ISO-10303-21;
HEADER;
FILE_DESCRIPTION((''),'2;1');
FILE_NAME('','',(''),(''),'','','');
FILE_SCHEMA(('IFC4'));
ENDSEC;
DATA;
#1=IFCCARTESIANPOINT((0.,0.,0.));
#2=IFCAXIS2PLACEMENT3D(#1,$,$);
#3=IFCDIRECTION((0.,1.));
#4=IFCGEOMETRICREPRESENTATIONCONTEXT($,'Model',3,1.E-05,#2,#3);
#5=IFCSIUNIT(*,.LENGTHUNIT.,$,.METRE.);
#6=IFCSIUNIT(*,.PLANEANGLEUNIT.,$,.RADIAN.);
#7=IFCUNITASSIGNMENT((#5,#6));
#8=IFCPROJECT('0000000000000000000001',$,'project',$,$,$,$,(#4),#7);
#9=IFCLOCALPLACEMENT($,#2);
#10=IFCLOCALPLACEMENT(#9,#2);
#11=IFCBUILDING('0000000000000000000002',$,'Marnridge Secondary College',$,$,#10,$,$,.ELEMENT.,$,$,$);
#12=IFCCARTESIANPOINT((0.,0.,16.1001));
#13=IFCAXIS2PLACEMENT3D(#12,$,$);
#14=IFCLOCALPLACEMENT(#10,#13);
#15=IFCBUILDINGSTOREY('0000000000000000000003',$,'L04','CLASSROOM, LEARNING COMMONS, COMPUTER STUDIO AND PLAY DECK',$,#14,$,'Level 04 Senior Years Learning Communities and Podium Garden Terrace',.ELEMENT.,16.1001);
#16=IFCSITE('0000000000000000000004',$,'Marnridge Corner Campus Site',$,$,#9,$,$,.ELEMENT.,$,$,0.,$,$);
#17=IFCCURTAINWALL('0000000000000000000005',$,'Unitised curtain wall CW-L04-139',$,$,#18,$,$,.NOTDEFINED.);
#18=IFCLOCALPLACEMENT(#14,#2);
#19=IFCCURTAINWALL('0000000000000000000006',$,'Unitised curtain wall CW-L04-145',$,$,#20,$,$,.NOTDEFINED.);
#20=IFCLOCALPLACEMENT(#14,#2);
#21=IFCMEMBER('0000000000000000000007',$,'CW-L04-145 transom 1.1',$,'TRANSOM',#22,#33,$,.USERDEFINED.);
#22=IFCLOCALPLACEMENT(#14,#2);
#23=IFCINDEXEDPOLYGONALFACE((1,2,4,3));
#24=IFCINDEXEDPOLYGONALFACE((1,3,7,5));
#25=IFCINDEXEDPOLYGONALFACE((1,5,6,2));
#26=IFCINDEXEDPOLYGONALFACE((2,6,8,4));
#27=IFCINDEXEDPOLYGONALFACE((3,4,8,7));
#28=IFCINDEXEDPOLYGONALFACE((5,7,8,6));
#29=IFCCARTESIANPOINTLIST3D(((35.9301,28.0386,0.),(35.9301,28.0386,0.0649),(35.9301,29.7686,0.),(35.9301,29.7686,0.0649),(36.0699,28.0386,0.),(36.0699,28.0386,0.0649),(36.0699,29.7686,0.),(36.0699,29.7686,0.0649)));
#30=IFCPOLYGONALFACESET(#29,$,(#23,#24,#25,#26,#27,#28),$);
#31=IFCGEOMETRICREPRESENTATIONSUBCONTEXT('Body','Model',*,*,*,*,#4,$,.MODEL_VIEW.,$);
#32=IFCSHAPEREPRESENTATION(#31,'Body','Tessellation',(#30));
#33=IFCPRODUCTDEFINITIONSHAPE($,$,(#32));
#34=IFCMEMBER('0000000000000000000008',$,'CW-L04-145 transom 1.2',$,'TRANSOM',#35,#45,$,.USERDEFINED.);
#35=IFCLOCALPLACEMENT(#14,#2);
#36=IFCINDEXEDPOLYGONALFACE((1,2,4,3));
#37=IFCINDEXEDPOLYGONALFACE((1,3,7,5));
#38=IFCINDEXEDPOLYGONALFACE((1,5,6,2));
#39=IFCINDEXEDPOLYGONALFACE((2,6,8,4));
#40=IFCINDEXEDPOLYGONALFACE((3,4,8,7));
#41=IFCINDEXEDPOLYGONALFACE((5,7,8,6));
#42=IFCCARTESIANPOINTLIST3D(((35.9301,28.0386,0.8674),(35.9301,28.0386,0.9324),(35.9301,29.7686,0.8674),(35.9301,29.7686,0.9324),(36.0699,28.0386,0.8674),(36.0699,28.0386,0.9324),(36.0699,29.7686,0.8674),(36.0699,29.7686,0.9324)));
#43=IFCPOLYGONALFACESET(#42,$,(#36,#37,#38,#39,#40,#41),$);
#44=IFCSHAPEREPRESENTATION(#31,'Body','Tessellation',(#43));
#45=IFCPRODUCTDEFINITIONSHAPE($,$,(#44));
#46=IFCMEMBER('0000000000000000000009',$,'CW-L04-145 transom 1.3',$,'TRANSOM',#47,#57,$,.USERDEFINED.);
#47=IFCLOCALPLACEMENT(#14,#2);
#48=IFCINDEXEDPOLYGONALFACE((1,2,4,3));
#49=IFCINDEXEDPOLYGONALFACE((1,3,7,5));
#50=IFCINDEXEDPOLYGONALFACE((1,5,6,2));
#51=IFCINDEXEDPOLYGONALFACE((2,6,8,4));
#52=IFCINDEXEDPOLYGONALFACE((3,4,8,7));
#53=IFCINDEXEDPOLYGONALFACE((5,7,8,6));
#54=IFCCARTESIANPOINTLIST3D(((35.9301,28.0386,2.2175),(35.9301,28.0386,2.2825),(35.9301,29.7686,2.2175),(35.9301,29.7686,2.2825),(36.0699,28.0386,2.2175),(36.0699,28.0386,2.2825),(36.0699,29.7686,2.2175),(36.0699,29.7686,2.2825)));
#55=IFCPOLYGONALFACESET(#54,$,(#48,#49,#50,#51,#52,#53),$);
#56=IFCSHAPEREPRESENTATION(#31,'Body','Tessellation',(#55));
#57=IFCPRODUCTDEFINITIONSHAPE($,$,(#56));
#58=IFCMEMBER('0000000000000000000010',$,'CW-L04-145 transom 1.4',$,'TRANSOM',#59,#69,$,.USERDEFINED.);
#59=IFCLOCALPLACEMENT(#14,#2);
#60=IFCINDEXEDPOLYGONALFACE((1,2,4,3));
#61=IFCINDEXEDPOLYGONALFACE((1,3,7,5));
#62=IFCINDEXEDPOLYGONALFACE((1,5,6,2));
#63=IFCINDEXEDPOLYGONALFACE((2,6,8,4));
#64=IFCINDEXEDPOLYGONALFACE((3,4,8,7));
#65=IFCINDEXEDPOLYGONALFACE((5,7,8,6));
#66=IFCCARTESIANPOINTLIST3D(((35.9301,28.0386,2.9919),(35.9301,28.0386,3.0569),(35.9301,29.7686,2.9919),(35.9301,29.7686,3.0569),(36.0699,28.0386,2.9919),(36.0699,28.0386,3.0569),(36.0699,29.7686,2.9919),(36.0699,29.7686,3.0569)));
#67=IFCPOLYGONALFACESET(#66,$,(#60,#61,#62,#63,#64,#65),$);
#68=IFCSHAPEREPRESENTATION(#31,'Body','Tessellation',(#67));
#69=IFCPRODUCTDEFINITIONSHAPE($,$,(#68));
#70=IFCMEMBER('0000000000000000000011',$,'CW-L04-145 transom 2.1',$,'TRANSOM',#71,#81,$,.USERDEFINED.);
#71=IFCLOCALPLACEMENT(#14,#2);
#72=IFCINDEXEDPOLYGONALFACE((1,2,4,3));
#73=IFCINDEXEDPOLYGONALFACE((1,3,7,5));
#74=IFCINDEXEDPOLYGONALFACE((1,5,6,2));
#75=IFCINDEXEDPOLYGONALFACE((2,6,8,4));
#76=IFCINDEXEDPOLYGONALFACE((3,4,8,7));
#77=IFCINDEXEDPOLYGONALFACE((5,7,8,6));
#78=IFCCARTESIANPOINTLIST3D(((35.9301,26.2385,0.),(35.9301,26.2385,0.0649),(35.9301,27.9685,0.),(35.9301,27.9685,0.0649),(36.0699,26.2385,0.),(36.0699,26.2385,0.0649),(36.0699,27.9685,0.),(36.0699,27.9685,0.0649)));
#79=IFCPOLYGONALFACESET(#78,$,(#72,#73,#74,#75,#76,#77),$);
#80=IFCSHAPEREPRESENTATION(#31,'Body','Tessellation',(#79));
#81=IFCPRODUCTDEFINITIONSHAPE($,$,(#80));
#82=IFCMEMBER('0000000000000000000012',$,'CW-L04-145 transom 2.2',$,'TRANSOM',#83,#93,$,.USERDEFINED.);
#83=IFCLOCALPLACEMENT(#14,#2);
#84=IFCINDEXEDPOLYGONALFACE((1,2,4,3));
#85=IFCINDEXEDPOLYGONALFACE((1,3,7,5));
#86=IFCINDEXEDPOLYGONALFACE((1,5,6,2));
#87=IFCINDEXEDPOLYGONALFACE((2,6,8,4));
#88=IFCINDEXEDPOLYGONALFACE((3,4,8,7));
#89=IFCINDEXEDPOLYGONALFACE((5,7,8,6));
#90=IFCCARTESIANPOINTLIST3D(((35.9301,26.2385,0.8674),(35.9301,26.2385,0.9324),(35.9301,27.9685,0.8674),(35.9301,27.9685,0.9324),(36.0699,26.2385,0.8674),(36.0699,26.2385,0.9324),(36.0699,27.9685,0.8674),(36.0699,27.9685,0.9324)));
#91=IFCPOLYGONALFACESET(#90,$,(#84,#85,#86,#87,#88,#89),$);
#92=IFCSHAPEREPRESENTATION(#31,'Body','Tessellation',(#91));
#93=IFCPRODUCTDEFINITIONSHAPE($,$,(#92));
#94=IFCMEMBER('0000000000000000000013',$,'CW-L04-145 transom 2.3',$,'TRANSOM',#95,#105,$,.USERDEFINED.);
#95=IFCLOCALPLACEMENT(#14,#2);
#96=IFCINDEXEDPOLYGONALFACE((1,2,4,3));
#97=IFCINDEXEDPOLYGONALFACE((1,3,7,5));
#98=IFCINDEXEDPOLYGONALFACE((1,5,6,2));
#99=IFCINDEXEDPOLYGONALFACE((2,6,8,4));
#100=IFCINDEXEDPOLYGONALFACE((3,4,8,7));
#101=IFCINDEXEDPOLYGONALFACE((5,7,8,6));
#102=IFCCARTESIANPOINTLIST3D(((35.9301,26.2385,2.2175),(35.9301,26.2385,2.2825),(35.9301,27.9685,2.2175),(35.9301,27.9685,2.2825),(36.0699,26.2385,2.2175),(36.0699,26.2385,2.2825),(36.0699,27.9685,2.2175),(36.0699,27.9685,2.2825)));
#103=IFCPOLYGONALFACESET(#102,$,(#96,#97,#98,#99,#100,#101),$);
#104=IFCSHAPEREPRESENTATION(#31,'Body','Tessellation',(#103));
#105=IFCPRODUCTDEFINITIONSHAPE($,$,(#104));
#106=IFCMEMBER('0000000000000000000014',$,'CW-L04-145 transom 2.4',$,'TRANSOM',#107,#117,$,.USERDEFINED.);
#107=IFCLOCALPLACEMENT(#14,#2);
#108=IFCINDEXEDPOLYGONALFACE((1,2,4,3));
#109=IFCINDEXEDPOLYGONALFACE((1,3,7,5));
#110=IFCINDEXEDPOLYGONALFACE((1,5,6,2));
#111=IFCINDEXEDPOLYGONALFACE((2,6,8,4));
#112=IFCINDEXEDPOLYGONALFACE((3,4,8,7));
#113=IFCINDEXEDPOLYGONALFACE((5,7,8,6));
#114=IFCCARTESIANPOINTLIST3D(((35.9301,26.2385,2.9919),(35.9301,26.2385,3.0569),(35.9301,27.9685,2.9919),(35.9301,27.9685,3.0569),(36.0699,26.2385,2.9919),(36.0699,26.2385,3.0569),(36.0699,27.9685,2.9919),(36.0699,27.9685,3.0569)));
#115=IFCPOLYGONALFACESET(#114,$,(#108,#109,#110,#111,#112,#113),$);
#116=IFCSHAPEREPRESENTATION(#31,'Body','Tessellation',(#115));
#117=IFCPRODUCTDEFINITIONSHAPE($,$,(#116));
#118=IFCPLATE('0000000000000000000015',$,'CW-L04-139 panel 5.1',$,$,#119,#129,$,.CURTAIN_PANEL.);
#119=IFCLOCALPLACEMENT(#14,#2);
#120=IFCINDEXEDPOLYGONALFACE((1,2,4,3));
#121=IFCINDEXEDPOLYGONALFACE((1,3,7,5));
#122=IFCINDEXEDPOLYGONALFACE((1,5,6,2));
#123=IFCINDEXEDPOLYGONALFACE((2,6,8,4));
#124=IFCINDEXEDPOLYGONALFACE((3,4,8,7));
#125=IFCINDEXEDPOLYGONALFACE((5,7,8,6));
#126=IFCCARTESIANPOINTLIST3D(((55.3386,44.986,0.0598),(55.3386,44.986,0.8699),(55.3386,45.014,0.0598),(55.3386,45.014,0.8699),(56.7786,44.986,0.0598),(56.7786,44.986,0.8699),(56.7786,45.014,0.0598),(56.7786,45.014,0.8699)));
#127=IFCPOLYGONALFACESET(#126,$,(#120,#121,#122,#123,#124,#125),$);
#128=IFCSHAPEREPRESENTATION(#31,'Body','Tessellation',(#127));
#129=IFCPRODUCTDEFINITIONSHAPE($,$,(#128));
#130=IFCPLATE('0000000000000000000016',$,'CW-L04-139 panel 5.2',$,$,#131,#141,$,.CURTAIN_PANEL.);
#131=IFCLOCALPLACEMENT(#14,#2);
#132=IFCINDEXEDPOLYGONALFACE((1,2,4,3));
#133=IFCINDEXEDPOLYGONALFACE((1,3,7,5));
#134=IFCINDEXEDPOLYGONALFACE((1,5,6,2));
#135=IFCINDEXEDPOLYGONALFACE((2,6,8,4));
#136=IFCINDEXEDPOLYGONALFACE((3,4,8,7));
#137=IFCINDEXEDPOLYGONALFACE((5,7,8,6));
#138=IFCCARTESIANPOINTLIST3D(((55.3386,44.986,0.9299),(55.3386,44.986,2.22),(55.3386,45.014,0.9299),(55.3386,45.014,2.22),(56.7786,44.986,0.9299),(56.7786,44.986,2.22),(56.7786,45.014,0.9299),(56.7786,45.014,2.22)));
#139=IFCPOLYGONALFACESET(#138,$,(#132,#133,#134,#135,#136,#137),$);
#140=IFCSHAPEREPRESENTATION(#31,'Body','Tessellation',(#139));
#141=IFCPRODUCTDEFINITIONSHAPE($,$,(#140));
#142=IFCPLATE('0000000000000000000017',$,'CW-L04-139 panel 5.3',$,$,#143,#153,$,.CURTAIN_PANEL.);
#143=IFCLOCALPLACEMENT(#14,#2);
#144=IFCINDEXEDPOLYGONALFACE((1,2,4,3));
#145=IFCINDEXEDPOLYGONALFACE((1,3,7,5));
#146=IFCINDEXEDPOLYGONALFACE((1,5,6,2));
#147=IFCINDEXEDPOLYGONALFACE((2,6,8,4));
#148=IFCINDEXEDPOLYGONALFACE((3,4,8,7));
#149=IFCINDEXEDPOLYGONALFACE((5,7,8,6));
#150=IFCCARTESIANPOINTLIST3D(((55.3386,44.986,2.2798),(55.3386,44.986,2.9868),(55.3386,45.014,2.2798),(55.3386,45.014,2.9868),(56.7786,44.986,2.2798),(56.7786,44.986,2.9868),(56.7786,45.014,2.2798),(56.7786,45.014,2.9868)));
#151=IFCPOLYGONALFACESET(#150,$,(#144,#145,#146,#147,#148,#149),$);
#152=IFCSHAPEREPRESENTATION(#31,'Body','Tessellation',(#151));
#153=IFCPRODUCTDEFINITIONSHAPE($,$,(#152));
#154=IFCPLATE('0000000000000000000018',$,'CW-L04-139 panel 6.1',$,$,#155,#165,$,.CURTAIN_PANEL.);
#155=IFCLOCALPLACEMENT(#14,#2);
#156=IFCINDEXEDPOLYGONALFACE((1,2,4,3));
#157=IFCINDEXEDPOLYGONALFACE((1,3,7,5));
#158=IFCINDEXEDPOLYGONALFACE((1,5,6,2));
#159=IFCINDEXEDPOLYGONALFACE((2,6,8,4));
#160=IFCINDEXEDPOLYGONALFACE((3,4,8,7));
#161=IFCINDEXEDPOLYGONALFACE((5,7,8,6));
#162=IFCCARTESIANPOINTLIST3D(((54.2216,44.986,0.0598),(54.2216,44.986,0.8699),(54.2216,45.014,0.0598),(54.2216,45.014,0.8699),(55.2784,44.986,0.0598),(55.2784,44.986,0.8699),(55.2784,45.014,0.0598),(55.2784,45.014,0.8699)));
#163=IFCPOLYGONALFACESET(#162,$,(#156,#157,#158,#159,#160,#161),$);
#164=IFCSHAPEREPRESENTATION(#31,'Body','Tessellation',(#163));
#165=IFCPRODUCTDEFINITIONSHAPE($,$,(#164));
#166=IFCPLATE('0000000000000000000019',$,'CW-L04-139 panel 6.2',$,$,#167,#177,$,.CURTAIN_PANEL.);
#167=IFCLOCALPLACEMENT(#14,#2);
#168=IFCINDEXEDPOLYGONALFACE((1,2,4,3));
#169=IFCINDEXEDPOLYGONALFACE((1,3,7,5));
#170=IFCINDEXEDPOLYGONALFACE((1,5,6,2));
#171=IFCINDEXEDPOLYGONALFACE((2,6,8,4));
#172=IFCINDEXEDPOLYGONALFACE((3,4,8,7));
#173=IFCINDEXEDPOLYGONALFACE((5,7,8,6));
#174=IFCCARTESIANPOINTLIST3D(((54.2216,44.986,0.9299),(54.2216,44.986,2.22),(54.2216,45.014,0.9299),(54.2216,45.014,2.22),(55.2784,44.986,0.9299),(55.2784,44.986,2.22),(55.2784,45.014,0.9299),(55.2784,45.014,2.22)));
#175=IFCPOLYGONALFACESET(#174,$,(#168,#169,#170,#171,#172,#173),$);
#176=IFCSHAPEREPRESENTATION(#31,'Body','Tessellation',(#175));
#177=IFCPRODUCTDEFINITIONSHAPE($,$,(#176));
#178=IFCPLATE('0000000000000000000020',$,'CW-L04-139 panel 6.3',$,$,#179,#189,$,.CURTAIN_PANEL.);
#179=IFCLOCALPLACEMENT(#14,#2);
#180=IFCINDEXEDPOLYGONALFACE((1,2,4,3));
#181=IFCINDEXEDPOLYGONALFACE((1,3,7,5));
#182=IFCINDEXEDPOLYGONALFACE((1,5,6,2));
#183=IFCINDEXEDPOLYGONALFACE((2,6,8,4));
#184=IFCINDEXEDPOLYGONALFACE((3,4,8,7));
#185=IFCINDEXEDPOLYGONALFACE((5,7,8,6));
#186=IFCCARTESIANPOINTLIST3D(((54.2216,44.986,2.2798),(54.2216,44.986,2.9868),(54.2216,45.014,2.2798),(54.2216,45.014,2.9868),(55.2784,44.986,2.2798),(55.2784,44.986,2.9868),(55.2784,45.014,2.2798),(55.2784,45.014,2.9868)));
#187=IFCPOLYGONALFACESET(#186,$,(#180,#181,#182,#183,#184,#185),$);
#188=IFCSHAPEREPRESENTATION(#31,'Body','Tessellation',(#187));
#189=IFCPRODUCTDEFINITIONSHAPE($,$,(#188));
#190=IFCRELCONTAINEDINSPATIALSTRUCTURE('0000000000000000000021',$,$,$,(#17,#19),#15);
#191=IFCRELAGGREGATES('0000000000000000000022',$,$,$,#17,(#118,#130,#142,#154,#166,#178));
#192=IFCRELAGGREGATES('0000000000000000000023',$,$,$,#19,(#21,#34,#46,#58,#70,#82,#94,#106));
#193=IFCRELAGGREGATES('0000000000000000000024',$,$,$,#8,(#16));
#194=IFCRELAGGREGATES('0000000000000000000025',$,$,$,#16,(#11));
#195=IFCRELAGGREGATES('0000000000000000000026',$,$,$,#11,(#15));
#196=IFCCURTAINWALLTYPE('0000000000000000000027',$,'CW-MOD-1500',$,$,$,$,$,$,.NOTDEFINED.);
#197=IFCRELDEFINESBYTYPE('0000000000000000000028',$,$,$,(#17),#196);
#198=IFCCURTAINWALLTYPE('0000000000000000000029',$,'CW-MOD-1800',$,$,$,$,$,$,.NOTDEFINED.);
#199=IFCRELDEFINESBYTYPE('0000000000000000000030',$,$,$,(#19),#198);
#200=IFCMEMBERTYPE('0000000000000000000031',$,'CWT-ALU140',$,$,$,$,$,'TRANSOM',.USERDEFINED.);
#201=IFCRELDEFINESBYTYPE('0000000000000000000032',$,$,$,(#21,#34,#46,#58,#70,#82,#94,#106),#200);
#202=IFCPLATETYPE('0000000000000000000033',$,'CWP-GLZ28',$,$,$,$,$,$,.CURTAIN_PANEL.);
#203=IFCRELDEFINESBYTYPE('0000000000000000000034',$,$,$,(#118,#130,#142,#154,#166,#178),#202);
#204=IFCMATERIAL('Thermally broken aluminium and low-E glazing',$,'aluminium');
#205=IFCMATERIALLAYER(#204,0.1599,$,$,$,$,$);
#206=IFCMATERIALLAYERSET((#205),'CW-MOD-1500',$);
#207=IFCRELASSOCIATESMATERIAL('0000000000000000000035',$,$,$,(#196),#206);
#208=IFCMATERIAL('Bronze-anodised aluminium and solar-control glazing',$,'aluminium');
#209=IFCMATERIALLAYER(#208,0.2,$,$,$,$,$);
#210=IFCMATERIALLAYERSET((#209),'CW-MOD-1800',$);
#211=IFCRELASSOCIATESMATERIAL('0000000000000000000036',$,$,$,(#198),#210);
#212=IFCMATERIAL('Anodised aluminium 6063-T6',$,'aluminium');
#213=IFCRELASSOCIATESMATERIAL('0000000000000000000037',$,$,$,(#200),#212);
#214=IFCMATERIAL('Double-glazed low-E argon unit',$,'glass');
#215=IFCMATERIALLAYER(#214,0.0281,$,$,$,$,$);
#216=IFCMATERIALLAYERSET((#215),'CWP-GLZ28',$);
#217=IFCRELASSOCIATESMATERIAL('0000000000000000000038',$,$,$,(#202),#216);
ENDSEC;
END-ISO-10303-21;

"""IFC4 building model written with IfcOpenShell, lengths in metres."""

from ifc_helpers import new_model, si_unit, direction, frame, origin, origin_2d, place, context, subcontext, project, spatial, rectangle, extrude, material, layer, layer_set, material_profile, profile_set, type_object, element, aggregate, save


model = new_model("IFC4")

# Units and contexts
model_context = context("Model", 3, precision=1e-05, world=origin(), true_north=direction((0.0, 1.0)))
body_context = subcontext(model_context, "Body", "Model", "MODEL_VIEW")
ifc_project = project(units=[si_unit("LENGTHUNIT", "METRE"), si_unit("PLANEANGLEUNIT", "RADIAN")], contexts=[model_context])

# Site, building, storey
site_placement = place(None, origin())
site = spatial("IfcSite", under=ifc_project, at=site_placement, Name="Marnridge Corner Campus Site", CompositionType="ELEMENT", RefElevation=0.0)
building_placement = place(site_placement, origin())
building = spatial("IfcBuilding", under=site, at=building_placement, Name="Marnridge Secondary College", CompositionType="ELEMENT")
storey_placement = place(building_placement, frame((0.0, 0.0, 16.1001)))
storey = spatial("IfcBuildingStorey", under=building, at=storey_placement, Name="L04", Description="CLASSROOM, LEARNING COMMONS, COMPUTER STUDIO AND PLAY DECK", LongName="Level 04 Senior Years Learning Communities and Podium Garden Terrace", CompositionType="ELEMENT", Elevation=16.1001)

# Curtain walls
ifc_material_1 = material(Name="Thermally broken aluminium and low-E glazing", Category="aluminium")
ifc_layer_1 = layer(ifc_material_1, 0.1599)
ifc_layer_set_1 = layer_set([ifc_layer_1], Name="CW-MOD-1500")
curtain_wall_type_1 = type_object("IfcCurtainWallType", Name="CW-MOD-1500", PredefinedType="NOTDEFINED", material=ifc_layer_set_1)
curtain_wall_1_placement = place(storey_placement, origin())
curtain_wall_1 = element("IfcCurtainWall", 1, at=curtain_wall_1_placement, inside=storey, type_object=curtain_wall_type_1, Name="Unitised curtain wall CW-L04-139", PredefinedType="NOTDEFINED")
ifc_material_2 = material(Name="Bronze-anodised aluminium and solar-control glazing", Category="aluminium")
ifc_layer_2 = layer(ifc_material_2, 0.2)
ifc_layer_set_2 = layer_set([ifc_layer_2], Name="CW-MOD-1800")
curtain_wall_type_2 = type_object("IfcCurtainWallType", Name="CW-MOD-1800", PredefinedType="NOTDEFINED", material=ifc_layer_set_2)
curtain_wall_2_placement = place(storey_placement, origin())
curtain_wall_2 = element("IfcCurtainWall", 2, at=curtain_wall_2_placement, inside=storey, type_object=curtain_wall_type_2, Name="Unitised curtain wall CW-L04-145", PredefinedType="NOTDEFINED")

# Members
ifc_material_3 = material(Name="Anodised aluminium 6063-T6", Category="aluminium")
ifc_material_profile_1 = material_profile(ifc_material_3, rectangle(XDim=0.0649, YDim=0.1399, at=origin_2d()), Name="ALU 65x140")
ifc_profile_set_1 = profile_set([ifc_material_profile_1], Name="Anodised aluminium 6063-T6")
member_type_1 = type_object("IfcMemberType", Name="CWT-ALU140", ElementType="TRANSOM", PredefinedType="USERDEFINED", material=ifc_profile_set_1)
member_1_placement = place(storey_placement, frame((36.0, 29.7686, 0.0325), z_axis=(0.0, -1.0, 0.0), x_axis=(0.0, 0.0, 1.0)))
member_1 = element("IfcMember", 3, at=member_1_placement, type_object=member_type_1, Name="CW-L04-145 transom 1.1", ObjectType="TRANSOM", PredefinedType="USERDEFINED", context=body_context, shape_type="SweptSolid", body=[
    extrude(rectangle(XDim=0.0649, YDim=0.1399, at=origin_2d()), origin(), (0.0, 0.0, 1.0), 1.73),
])
member_2_placement = place(storey_placement, frame((36.0, 29.7686, 0.8999), z_axis=(0.0, -1.0, 0.0), x_axis=(0.0, 0.0, 1.0)))
member_2 = element("IfcMember", 4, at=member_2_placement, type_object=member_type_1, Name="CW-L04-145 transom 1.2", ObjectType="TRANSOM", PredefinedType="USERDEFINED", context=body_context, shape_type="SweptSolid", body=[
    extrude(rectangle(XDim=0.0649, YDim=0.1399, at=origin_2d()), origin(), (0.0, 0.0, 1.0), 1.73),
])
member_3_placement = place(storey_placement, frame((36.0, 29.7686, 2.25), z_axis=(0.0, -1.0, 0.0), x_axis=(0.0, 0.0, 1.0)))
member_3 = element("IfcMember", 5, at=member_3_placement, type_object=member_type_1, Name="CW-L04-145 transom 1.3", ObjectType="TRANSOM", PredefinedType="USERDEFINED", context=body_context, shape_type="SweptSolid", body=[
    extrude(rectangle(XDim=0.0649, YDim=0.1399, at=origin_2d()), origin(), (0.0, 0.0, 1.0), 1.73),
])
member_4_placement = place(storey_placement, frame((36.0, 29.7686, 3.0244), z_axis=(0.0, -1.0, 0.0), x_axis=(0.0, 0.0, 1.0)))
member_4 = element("IfcMember", 6, at=member_4_placement, type_object=member_type_1, Name="CW-L04-145 transom 1.4", ObjectType="TRANSOM", PredefinedType="USERDEFINED", context=body_context, shape_type="SweptSolid", body=[
    extrude(rectangle(XDim=0.0649, YDim=0.1399, at=origin_2d()), origin(), (0.0, 0.0, 1.0), 1.73),
])
member_5_placement = place(storey_placement, frame((36.0, 27.9685, 0.0325), z_axis=(0.0, -1.0, 0.0), x_axis=(0.0, 0.0, 1.0)))
member_5 = element("IfcMember", 7, at=member_5_placement, type_object=member_type_1, Name="CW-L04-145 transom 2.1", ObjectType="TRANSOM", PredefinedType="USERDEFINED", context=body_context, shape_type="SweptSolid", body=[
    extrude(rectangle(XDim=0.0649, YDim=0.1399, at=origin_2d()), origin(), (0.0, 0.0, 1.0), 1.73),
])
member_6_placement = place(storey_placement, frame((36.0, 27.9685, 0.8999), z_axis=(0.0, -1.0, 0.0), x_axis=(0.0, 0.0, 1.0)))
member_6 = element("IfcMember", 8, at=member_6_placement, type_object=member_type_1, Name="CW-L04-145 transom 2.2", ObjectType="TRANSOM", PredefinedType="USERDEFINED", context=body_context, shape_type="SweptSolid", body=[
    extrude(rectangle(XDim=0.0649, YDim=0.1399, at=origin_2d()), origin(), (0.0, 0.0, 1.0), 1.73),
])
member_7_placement = place(storey_placement, frame((36.0, 27.9685, 2.25), z_axis=(0.0, -1.0, 0.0), x_axis=(0.0, 0.0, 1.0)))
member_7 = element("IfcMember", 9, at=member_7_placement, type_object=member_type_1, Name="CW-L04-145 transom 2.3", ObjectType="TRANSOM", PredefinedType="USERDEFINED", context=body_context, shape_type="SweptSolid", body=[
    extrude(rectangle(XDim=0.0649, YDim=0.1399, at=origin_2d()), origin(), (0.0, 0.0, 1.0), 1.73),
])
member_8_placement = place(storey_placement, frame((36.0, 27.9685, 3.0244), z_axis=(0.0, -1.0, 0.0), x_axis=(0.0, 0.0, 1.0)))
member_8 = element("IfcMember", 10, at=member_8_placement, type_object=member_type_1, Name="CW-L04-145 transom 2.4", ObjectType="TRANSOM", PredefinedType="USERDEFINED", context=body_context, shape_type="SweptSolid", body=[
    extrude(rectangle(XDim=0.0649, YDim=0.1399, at=origin_2d()), origin(), (0.0, 0.0, 1.0), 1.73),
])

# Plates
ifc_material_4 = material(Name="Double-glazed low-E argon unit", Category="glass")
ifc_layer_3 = layer(ifc_material_4, 0.0281)
ifc_layer_set_3 = layer_set([ifc_layer_3], Name="CWP-GLZ28")
plate_type_1 = type_object("IfcPlateType", Name="CWP-GLZ28", PredefinedType="CURTAIN_PANEL", material=ifc_layer_set_3)
plate_1_placement = place(storey_placement, frame((56.0586, 45.0, 0.0598), z_axis=(0.0, 0.0, 1.0), x_axis=(-1.0, 0.0, 0.0)))
plate_1 = element("IfcPlate", 11, at=plate_1_placement, type_object=plate_type_1, Name="CW-L04-139 panel 5.1", PredefinedType="CURTAIN_PANEL", context=body_context, shape_type="SweptSolid", body=[
    extrude(rectangle(XDim=1.4399, YDim=0.0281, at=origin_2d()), origin(), (0.0, 0.0, 1.0), 0.8101),
])
plate_2_placement = place(storey_placement, frame((56.0586, 45.0, 0.9299), z_axis=(0.0, 0.0, 1.0), x_axis=(-1.0, 0.0, 0.0)))
plate_2 = element("IfcPlate", 12, at=plate_2_placement, type_object=plate_type_1, Name="CW-L04-139 panel 5.2", PredefinedType="CURTAIN_PANEL", context=body_context, shape_type="SweptSolid", body=[
    extrude(rectangle(XDim=1.4399, YDim=0.0281, at=origin_2d()), origin(), (0.0, 0.0, 1.0), 1.29),
])
plate_3_placement = place(storey_placement, frame((56.0586, 45.0, 2.2798), z_axis=(0.0, 0.0, 1.0), x_axis=(-1.0, 0.0, 0.0)))
plate_3 = element("IfcPlate", 13, at=plate_3_placement, type_object=plate_type_1, Name="CW-L04-139 panel 5.3", PredefinedType="CURTAIN_PANEL", context=body_context, shape_type="SweptSolid", body=[
    extrude(rectangle(XDim=1.4399, YDim=0.0281, at=origin_2d()), origin(), (0.0, 0.0, 1.0), 0.707),
])
plate_4_placement = place(storey_placement, frame((54.75, 45.0, 0.0598), z_axis=(0.0, 0.0, 1.0), x_axis=(-1.0, 0.0, 0.0)))
plate_4 = element("IfcPlate", 14, at=plate_4_placement, type_object=plate_type_1, Name="CW-L04-139 panel 6.1", PredefinedType="CURTAIN_PANEL", context=body_context, shape_type="SweptSolid", body=[
    extrude(rectangle(XDim=1.0569, YDim=0.0281, at=origin_2d()), origin(), (0.0, 0.0, 1.0), 0.8101),
])
plate_5_placement = place(storey_placement, frame((54.75, 45.0, 0.9299), z_axis=(0.0, 0.0, 1.0), x_axis=(-1.0, 0.0, 0.0)))
plate_5 = element("IfcPlate", 15, at=plate_5_placement, type_object=plate_type_1, Name="CW-L04-139 panel 6.2", PredefinedType="CURTAIN_PANEL", context=body_context, shape_type="SweptSolid", body=[
    extrude(rectangle(XDim=1.0569, YDim=0.0281, at=origin_2d()), origin(), (0.0, 0.0, 1.0), 1.29),
])
plate_6_placement = place(storey_placement, frame((54.75, 45.0, 2.2798), z_axis=(0.0, 0.0, 1.0), x_axis=(-1.0, 0.0, 0.0)))
plate_6 = element("IfcPlate", 16, at=plate_6_placement, type_object=plate_type_1, Name="CW-L04-139 panel 6.3", PredefinedType="CURTAIN_PANEL", context=body_context, shape_type="SweptSolid", body=[
    extrude(rectangle(XDim=1.0569, YDim=0.0281, at=origin_2d()), origin(), (0.0, 0.0, 1.0), 0.707),
])
aggregate(curtain_wall_1, [plate_1, plate_2, plate_3, plate_4, plate_5, plate_6])
aggregate(curtain_wall_2, [member_1, member_2, member_3, member_4, member_5, member_6, member_7, member_8])

save(model, "model.ifc")
